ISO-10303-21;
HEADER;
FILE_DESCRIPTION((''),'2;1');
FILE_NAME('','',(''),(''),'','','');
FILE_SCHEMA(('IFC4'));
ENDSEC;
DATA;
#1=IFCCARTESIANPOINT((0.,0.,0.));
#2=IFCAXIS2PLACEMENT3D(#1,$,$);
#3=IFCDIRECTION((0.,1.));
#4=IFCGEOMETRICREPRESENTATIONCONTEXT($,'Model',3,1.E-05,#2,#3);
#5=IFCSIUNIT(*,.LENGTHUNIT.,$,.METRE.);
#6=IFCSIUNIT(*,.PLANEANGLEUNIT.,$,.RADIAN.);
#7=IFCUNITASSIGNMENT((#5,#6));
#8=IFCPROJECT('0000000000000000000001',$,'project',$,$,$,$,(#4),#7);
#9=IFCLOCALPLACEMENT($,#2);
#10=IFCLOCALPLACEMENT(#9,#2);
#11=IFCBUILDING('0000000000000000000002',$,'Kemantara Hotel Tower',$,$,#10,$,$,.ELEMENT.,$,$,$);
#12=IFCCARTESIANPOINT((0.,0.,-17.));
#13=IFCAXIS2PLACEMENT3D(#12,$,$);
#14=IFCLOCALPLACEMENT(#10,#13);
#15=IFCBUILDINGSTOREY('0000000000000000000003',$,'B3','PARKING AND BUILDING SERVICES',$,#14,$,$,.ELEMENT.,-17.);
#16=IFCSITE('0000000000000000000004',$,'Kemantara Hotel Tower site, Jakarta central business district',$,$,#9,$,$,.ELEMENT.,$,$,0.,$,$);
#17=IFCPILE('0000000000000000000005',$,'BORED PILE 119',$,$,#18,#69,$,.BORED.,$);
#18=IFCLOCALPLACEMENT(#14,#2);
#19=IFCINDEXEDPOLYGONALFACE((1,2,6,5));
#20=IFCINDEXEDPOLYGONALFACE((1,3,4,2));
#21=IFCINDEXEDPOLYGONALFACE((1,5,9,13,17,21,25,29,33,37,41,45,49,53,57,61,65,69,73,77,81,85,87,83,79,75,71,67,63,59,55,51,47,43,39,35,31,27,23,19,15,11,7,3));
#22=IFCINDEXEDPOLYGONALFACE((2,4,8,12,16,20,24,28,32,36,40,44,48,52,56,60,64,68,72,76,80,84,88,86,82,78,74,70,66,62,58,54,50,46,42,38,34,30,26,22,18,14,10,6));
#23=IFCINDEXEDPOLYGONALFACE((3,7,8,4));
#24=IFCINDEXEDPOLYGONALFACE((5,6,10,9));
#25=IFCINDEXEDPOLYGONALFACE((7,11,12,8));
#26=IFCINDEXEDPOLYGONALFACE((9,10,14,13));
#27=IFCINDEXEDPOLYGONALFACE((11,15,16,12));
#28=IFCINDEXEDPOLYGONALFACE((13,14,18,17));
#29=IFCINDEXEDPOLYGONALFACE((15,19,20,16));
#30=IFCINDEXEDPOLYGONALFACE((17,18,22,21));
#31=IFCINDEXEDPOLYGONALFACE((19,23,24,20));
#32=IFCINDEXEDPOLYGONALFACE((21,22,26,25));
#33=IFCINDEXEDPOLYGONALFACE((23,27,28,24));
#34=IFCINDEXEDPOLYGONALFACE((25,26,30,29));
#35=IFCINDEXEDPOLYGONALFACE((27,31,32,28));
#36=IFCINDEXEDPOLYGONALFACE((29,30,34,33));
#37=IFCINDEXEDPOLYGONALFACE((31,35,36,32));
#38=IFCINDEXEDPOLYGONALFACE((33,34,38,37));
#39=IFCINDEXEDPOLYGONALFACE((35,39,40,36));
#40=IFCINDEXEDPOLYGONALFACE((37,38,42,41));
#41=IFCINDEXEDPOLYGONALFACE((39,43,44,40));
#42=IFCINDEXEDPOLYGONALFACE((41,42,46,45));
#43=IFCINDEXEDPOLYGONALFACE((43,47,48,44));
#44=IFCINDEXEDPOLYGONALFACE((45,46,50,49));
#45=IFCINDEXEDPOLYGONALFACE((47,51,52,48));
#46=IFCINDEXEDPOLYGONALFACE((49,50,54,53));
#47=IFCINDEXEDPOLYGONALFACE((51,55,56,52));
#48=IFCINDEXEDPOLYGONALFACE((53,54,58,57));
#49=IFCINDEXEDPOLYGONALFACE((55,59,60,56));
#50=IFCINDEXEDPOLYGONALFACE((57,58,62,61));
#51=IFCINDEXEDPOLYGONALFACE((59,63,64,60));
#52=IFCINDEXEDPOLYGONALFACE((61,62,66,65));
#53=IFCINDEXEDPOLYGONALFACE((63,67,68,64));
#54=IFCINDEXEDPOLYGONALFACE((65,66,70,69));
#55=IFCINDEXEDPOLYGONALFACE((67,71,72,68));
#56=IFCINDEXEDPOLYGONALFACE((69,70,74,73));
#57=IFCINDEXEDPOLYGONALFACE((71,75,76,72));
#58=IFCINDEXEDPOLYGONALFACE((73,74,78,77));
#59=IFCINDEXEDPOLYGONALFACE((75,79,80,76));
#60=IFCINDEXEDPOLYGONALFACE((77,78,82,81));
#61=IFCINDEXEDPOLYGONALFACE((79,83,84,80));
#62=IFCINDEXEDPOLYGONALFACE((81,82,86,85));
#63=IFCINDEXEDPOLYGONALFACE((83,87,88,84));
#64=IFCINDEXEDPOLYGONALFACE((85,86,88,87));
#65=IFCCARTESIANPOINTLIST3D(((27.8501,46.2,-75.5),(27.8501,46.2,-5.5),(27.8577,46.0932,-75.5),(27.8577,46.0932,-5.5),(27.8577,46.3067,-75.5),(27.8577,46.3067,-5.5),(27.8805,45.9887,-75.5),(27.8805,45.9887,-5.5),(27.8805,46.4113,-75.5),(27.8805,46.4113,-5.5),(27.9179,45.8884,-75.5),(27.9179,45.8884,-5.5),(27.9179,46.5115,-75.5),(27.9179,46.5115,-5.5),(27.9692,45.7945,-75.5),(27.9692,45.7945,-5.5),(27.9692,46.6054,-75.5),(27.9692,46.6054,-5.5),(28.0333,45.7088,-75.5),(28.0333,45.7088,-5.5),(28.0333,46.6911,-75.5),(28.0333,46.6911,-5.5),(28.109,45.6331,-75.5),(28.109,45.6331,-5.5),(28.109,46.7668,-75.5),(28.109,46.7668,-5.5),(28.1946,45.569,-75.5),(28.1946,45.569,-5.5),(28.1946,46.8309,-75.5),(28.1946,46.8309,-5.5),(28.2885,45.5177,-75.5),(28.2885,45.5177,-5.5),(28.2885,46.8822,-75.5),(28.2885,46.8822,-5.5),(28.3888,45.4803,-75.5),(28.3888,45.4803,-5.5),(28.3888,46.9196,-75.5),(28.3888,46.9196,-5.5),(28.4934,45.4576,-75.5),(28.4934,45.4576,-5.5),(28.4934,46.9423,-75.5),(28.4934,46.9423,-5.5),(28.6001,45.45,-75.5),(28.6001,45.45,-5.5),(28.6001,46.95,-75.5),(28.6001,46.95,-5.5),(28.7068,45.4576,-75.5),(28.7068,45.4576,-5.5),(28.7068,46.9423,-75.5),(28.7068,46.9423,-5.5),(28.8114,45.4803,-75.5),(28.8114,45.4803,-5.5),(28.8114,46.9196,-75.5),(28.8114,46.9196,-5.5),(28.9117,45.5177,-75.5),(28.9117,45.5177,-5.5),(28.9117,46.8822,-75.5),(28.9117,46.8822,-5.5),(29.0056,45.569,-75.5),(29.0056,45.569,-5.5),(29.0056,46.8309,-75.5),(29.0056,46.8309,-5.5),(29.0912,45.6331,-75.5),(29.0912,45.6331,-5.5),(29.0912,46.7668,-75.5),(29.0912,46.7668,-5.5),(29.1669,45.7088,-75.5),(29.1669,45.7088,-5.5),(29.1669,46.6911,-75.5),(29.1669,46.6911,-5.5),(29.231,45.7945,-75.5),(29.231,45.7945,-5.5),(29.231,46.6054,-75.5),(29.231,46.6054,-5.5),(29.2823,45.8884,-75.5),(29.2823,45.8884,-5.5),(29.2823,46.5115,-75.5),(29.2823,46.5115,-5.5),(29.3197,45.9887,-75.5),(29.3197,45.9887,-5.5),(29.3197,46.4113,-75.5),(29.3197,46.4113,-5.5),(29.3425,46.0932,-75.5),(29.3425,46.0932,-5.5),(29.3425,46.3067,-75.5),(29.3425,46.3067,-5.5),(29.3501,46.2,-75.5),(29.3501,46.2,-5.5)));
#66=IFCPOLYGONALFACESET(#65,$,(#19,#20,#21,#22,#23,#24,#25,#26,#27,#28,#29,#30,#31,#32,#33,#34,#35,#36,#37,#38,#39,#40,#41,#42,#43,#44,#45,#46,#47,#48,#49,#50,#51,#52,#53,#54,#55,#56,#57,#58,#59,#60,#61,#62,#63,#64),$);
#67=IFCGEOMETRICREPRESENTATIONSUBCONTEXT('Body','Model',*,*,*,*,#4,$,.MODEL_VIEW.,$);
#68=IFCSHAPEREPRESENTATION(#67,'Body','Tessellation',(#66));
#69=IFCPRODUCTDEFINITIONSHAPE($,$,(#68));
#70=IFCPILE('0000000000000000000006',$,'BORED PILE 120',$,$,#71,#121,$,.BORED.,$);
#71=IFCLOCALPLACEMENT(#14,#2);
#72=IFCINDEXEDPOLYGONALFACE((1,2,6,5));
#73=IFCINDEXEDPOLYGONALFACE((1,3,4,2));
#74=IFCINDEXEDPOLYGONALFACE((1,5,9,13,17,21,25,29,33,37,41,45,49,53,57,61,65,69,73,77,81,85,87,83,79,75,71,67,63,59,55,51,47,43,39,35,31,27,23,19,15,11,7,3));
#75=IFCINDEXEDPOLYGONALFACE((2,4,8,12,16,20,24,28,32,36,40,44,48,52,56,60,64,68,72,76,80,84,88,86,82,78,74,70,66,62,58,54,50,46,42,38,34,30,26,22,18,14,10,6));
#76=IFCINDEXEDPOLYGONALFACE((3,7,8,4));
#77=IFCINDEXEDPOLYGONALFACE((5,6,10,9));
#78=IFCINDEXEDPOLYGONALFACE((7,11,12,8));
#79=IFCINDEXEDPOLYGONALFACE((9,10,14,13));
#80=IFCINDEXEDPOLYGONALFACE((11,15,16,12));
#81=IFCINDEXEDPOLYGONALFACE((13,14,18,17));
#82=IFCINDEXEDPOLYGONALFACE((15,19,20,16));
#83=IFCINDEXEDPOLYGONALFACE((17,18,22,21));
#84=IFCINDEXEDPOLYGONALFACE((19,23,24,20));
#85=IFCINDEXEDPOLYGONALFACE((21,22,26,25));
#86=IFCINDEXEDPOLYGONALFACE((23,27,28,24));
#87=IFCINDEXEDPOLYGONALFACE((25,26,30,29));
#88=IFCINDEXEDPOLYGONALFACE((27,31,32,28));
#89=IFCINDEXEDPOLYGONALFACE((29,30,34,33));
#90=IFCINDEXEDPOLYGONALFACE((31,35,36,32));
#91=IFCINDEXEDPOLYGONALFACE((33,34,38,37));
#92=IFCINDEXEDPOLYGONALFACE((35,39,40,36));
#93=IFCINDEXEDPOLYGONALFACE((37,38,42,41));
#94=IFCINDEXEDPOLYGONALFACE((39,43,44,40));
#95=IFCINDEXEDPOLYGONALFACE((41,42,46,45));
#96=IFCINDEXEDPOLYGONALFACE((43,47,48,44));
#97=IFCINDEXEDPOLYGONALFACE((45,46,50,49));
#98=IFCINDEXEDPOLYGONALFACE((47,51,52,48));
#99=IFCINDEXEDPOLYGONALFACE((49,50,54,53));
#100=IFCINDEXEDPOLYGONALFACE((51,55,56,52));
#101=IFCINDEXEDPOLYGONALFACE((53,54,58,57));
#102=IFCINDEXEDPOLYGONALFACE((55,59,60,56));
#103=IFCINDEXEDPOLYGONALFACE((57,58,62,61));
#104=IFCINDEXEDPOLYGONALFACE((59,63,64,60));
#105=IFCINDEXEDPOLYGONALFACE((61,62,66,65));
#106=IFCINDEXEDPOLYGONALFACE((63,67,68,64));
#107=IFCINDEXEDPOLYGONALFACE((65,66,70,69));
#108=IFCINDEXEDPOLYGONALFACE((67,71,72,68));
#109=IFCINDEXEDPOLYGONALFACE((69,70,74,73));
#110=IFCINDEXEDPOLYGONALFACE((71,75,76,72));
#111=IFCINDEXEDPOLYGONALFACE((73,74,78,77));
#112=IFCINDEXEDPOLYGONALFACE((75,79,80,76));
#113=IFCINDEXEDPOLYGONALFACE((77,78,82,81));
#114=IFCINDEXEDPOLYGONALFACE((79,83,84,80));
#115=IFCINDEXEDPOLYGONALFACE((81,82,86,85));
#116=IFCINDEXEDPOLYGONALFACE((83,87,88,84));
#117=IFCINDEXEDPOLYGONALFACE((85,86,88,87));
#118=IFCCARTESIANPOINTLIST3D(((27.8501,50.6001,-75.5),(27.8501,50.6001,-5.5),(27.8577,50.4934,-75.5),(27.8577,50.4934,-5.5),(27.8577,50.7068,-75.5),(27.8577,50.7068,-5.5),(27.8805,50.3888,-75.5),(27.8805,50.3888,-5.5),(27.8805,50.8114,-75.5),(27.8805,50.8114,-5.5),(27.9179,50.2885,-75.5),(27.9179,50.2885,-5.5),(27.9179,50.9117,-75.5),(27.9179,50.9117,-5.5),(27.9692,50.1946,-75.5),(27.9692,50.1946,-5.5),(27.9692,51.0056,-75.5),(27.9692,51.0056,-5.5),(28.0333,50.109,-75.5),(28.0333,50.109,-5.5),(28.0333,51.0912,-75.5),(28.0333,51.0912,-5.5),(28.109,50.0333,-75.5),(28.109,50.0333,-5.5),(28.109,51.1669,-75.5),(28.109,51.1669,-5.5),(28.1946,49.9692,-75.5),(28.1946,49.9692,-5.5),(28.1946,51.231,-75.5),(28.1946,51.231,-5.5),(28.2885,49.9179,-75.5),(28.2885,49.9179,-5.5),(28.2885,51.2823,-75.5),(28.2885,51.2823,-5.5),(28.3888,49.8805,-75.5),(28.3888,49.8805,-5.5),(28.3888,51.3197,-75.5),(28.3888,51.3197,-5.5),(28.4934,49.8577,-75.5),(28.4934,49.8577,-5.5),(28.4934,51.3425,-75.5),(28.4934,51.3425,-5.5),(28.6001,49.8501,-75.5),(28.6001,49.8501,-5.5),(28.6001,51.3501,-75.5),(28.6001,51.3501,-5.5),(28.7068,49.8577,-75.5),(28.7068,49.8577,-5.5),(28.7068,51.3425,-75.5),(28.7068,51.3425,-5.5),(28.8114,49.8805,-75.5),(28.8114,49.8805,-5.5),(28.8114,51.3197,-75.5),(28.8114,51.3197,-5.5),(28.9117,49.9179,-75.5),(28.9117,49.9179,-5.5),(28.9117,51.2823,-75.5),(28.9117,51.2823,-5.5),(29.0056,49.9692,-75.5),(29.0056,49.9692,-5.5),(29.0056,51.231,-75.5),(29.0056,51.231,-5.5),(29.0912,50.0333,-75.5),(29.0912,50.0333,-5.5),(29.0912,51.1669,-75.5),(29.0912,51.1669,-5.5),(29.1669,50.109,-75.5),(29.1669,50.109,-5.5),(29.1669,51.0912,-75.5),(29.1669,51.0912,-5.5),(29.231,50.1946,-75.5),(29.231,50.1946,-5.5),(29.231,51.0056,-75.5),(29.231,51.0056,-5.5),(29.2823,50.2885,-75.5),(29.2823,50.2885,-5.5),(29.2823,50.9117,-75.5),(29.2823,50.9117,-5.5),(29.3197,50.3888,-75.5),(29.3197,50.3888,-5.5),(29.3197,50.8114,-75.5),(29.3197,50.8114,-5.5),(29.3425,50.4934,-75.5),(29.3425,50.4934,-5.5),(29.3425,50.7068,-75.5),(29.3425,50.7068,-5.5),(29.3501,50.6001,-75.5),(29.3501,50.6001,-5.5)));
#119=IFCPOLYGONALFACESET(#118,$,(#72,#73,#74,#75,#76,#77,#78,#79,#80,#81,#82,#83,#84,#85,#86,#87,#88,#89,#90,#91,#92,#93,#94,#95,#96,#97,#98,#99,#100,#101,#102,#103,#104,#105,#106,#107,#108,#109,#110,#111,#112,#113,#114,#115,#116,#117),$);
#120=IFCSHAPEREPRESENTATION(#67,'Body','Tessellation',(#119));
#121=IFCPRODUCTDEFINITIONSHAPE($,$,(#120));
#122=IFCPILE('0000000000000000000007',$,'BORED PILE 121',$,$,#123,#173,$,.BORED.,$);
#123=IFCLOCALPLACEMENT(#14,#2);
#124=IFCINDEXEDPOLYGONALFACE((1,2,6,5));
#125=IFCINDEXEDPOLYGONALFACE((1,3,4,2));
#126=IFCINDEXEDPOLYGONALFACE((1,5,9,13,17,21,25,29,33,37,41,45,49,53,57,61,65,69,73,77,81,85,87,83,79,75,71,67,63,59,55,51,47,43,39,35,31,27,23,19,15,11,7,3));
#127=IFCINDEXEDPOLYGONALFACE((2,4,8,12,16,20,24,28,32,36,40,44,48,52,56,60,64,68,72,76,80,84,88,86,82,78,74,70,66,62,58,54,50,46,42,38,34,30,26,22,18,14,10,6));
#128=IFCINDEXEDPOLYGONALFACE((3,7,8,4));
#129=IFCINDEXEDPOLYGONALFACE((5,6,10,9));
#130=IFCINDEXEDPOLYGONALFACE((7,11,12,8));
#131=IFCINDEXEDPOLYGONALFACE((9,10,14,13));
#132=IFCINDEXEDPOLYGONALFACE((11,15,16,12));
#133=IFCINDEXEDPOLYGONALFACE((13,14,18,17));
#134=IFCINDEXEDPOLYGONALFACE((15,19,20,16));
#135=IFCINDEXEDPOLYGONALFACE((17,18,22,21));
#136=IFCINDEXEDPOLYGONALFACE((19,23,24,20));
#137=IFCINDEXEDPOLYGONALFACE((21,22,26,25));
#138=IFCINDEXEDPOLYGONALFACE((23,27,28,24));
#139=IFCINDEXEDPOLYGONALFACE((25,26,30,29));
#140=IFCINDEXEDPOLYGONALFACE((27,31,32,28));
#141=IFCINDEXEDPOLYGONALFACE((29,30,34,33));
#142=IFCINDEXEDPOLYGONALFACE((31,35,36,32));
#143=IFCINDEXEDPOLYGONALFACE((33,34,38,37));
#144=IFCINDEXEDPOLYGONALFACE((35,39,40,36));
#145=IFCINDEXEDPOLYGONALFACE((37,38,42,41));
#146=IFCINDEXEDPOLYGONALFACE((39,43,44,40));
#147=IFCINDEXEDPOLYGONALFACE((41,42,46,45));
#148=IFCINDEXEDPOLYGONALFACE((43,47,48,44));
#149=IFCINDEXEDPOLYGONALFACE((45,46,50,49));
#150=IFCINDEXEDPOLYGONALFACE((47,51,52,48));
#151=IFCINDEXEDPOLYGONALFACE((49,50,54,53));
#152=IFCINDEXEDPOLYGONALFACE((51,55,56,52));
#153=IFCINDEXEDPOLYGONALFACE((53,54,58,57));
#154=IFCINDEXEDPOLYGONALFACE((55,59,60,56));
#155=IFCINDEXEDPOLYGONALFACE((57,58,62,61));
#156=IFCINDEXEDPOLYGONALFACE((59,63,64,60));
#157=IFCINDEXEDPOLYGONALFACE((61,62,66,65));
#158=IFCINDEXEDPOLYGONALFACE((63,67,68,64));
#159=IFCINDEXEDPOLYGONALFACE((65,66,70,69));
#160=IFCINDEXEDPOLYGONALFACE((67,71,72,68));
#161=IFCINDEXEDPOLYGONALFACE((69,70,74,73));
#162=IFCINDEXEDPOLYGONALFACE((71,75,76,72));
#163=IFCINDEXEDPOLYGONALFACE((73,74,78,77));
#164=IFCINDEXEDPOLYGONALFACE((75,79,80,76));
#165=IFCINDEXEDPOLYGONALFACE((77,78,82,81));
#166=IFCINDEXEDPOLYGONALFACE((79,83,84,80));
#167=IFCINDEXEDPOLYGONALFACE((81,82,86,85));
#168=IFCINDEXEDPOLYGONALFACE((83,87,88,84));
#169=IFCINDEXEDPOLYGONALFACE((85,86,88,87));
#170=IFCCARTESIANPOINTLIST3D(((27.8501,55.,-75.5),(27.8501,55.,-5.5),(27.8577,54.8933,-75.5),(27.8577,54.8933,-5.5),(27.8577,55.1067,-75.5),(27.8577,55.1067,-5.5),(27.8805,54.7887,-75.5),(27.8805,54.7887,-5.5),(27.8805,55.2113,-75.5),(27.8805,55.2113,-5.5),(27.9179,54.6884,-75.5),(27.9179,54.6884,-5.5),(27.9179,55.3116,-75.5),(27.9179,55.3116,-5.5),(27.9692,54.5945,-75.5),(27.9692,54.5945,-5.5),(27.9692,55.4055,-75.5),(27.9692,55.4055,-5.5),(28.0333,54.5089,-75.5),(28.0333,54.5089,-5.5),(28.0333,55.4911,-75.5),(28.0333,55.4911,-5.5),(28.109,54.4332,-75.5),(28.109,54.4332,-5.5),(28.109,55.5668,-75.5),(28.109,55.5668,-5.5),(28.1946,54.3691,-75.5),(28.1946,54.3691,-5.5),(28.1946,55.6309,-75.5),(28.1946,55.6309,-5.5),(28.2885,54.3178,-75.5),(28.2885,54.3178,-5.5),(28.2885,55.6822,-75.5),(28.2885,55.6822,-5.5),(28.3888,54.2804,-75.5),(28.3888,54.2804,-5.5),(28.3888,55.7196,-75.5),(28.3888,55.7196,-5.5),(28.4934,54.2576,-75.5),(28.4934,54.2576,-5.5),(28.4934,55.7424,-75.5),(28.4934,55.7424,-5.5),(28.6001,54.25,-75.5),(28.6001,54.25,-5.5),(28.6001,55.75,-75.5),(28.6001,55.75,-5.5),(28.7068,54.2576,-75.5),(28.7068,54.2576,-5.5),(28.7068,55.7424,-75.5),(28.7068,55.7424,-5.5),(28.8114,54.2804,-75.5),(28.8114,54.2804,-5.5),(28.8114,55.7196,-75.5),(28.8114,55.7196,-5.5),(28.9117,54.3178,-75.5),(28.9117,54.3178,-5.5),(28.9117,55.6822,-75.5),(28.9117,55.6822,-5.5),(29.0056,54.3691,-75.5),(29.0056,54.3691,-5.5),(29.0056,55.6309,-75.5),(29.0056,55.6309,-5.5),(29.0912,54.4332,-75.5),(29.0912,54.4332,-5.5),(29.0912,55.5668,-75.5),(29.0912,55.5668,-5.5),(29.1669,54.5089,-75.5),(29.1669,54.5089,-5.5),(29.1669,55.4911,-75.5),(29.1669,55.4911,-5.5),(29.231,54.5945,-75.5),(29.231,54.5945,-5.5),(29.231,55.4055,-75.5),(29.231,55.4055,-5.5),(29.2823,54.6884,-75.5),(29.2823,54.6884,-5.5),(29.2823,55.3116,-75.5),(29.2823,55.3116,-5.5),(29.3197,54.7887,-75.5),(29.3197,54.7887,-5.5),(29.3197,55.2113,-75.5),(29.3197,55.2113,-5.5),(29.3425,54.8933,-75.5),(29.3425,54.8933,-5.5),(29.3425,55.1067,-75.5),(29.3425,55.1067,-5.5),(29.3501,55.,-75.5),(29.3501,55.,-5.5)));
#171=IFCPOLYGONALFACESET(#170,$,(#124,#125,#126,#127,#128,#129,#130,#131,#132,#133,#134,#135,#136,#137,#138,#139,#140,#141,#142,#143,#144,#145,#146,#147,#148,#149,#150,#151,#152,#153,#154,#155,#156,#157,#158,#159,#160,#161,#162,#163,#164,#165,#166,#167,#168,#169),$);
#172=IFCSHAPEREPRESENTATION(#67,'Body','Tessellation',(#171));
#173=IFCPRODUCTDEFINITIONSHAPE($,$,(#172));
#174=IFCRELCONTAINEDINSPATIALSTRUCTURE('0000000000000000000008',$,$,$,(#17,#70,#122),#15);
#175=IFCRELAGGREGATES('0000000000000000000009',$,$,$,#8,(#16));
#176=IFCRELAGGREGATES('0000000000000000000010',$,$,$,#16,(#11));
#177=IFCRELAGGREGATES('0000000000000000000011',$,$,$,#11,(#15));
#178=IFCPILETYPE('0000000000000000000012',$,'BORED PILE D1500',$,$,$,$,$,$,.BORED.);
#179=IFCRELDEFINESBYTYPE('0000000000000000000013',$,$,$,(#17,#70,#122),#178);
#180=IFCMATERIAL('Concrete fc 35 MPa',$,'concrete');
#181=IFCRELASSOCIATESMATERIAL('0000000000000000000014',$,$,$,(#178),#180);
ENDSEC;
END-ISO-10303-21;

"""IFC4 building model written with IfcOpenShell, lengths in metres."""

from ifc_helpers import new_model, si_unit, direction, frame, origin, origin_2d, place, context, subcontext, project, spatial, circle, extrude, material, material_profile, profile_set, type_object, element, save


model = new_model("IFC4")

# Units and contexts
model_context = context("Model", 3, precision=1e-05, world=origin(), true_north=direction((0.0, 1.0)))
body_context = subcontext(model_context, "Body", "Model", "MODEL_VIEW")
ifc_project = project(units=[si_unit("LENGTHUNIT", "METRE"), si_unit("PLANEANGLEUNIT", "RADIAN")], contexts=[model_context])

# Site, building, storey
site_placement = place(None, origin())
site = spatial("IfcSite", under=ifc_project, at=site_placement, Name="Kemantara Hotel Tower site, Jakarta central business district", CompositionType="ELEMENT", RefElevation=0.0)
building_placement = place(site_placement, origin())
building = spatial("IfcBuilding", under=site, at=building_placement, Name="Kemantara Hotel Tower", CompositionType="ELEMENT")
storey_placement = place(building_placement, frame((0.0, 0.0, -17.0)))
storey = spatial("IfcBuildingStorey", under=building, at=storey_placement, Name="B3", Description="PARKING AND BUILDING SERVICES", CompositionType="ELEMENT", Elevation=-17.0)

# Piles
ifc_material_1 = material(Name="Concrete fc 35 MPa", Category="concrete")
ifc_material_profile_1 = material_profile(ifc_material_1, circle(Radius=0.75, at=origin_2d()), Name="BORED PILE D1500")
ifc_profile_set_1 = profile_set([ifc_material_profile_1], Name="Concrete fc 35 MPa")
pile_type = type_object("IfcPileType", Name="BORED PILE D1500", PredefinedType="BORED", material=ifc_profile_set_1)
for number, where, z_axis, x_axis, name in (
    (1, (28.6001, 46.2, -5.5), (0.0, 0.0, -1.0), (1.0, 0.0, 0.0), "BORED PILE 119"),
    (2, (28.6001, 50.6001, -5.5), (0.0, 0.0, -1.0), (1.0, 0.0, 0.0), "BORED PILE 120"),
    (3, (28.6001, 55.0, -5.5), (0.0, 0.0, -1.0), (1.0, 0.0, 0.0), "BORED PILE 121"),
):
    element("IfcPile", number, at=place(storey_placement, frame(where, z_axis=z_axis, x_axis=x_axis)), inside=storey, type_object=pile_type, Name=name, PredefinedType="BORED", context=body_context, shape_type="SweptSolid", body=[
        extrude(circle(Radius=0.75, at=origin_2d()), origin(), (0.0, 0.0, 1.0), 70.0),
    ])

save(model, "model.ifc")
